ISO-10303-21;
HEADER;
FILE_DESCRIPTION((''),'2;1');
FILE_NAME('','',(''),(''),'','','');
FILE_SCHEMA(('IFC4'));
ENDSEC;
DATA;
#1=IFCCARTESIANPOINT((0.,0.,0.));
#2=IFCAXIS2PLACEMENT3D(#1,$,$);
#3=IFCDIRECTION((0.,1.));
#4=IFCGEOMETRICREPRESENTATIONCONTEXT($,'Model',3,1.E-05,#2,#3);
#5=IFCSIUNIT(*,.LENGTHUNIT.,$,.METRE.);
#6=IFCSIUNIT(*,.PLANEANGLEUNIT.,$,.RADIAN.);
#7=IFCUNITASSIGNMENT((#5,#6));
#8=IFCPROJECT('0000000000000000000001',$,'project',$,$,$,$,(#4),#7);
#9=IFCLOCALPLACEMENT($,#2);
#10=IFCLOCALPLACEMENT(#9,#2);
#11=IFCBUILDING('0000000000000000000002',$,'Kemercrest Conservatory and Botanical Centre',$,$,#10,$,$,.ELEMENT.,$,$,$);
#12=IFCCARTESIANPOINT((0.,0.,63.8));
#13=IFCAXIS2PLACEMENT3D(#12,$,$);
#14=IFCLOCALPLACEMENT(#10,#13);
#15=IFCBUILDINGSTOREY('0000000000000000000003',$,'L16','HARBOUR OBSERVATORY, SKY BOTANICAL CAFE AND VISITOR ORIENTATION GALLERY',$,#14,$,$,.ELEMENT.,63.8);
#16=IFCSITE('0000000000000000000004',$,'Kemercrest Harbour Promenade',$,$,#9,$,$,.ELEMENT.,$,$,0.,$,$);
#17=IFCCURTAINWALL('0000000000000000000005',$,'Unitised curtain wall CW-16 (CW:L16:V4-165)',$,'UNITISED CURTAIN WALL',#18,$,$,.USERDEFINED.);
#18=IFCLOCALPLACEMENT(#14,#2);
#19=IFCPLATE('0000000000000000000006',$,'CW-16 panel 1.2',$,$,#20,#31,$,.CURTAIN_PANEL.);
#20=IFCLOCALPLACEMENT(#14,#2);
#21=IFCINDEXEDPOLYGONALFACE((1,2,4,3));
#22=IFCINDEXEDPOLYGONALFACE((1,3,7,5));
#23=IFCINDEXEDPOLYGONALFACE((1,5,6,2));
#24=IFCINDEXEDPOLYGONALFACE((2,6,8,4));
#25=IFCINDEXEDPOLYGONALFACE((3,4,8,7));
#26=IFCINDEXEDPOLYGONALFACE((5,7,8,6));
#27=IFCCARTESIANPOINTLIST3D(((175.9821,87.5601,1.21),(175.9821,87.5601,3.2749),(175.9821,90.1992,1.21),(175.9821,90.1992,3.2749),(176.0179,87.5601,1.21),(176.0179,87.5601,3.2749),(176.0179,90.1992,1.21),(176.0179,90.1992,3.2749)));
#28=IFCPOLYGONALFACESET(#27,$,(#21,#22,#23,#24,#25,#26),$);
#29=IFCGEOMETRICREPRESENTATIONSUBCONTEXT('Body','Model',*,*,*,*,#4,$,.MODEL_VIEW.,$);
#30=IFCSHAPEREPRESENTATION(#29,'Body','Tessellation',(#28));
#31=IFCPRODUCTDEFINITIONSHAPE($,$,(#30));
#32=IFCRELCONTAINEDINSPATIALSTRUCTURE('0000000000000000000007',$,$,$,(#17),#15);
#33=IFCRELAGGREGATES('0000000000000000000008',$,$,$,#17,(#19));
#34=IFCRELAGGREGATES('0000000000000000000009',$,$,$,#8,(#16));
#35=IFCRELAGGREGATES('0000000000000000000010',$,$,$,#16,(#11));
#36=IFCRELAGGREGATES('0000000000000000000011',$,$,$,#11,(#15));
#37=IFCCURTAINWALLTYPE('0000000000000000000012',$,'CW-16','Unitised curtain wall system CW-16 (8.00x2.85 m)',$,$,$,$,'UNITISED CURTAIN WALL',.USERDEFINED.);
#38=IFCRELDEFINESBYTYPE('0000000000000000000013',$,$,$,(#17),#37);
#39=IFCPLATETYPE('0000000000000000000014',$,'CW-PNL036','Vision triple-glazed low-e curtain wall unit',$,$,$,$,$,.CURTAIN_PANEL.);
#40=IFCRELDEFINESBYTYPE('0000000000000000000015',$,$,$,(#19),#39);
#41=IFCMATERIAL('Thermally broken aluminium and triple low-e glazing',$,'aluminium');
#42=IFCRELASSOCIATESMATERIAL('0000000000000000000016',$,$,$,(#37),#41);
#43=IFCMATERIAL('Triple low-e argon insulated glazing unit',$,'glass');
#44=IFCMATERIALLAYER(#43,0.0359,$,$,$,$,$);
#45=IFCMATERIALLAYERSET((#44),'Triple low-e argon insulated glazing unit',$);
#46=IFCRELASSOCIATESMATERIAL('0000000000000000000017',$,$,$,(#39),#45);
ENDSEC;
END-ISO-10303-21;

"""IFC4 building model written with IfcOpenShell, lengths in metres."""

from ifc_helpers import new_model, si_unit, direction, frame, origin, origin_2d, place, context, subcontext, project, spatial, rectangle, extrude, material, layer, layer_set, type_object, element, aggregate, save


model = new_model("IFC4")

# Units and contexts
model_context = context("Model", 3, precision=1e-05, world=origin(), true_north=direction((0.0, 1.0)))
body_context = subcontext(model_context, "Body", "Model", "MODEL_VIEW")
ifc_project = project(units=[si_unit("LENGTHUNIT", "METRE"), si_unit("PLANEANGLEUNIT", "RADIAN")], contexts=[model_context])

# Site, building, storey
site_placement = place(None, origin())
site = spatial("IfcSite", under=ifc_project, at=site_placement, Name="Kemercrest Harbour Promenade", CompositionType="ELEMENT", RefElevation=0.0)
building_placement = place(site_placement, origin())
building = spatial("IfcBuilding", under=site, at=building_placement, Name="Kemercrest Conservatory and Botanical Centre", CompositionType="ELEMENT")
storey_placement = place(building_placement, frame((0.0, 0.0, 63.8)))
storey = spatial("IfcBuildingStorey", under=building, at=storey_placement, Name="L16", Description="HARBOUR OBSERVATORY, SKY BOTANICAL CAFE AND VISITOR ORIENTATION GALLERY", CompositionType="ELEMENT", Elevation=63.8)

# Curtain wall
ifc_material_1 = material(Name="Thermally broken aluminium and triple low-e glazing", Category="aluminium")
curtain_wall_type_1 = type_object("IfcCurtainWallType", Name="CW-16", Description="Unitised curtain wall system CW-16 (8.00x2.85 m)", ElementType="UNITISED CURTAIN WALL", PredefinedType="USERDEFINED", material=ifc_material_1)
curtain_wall_1_placement = place(storey_placement, origin())
curtain_wall_1 = element("IfcCurtainWall", 1, at=curtain_wall_1_placement, inside=storey, type_object=curtain_wall_type_1, Name="Unitised curtain wall CW-16 (CW:L16:V4-165)", ObjectType="UNITISED CURTAIN WALL", PredefinedType="USERDEFINED")

# Plate
ifc_material_2 = material(Name="Triple low-e argon insulated glazing unit", Category="glass")
ifc_layer = layer(ifc_material_2, 0.0359)
ifc_layer_set = layer_set([ifc_layer], Name="Triple low-e argon insulated glazing unit")
plate_type = type_object("IfcPlateType", Name="CW-PNL036", Description="Vision triple-glazed low-e curtain wall unit", PredefinedType="CURTAIN_PANEL", material=ifc_layer_set)
plate_1_placement = place(storey_placement, frame((176.0, 88.8796, 1.21), z_axis=(0.0, 0.0, 1.0), x_axis=(0.0, 1.0, 0.0)))
plate_1 = element("IfcPlate", 2, at=plate_1_placement, type_object=plate_type, Name="CW-16 panel 1.2", PredefinedType="CURTAIN_PANEL", context=body_context, shape_type="SweptSolid", body=[
    extrude(rectangle(XDim=2.6392, YDim=0.0359, at=origin_2d()), origin(), (0.0, 0.0, 1.0), 2.0649),
])
aggregate(curtain_wall_1, [plate_1])

save(model, "model.ifc")
